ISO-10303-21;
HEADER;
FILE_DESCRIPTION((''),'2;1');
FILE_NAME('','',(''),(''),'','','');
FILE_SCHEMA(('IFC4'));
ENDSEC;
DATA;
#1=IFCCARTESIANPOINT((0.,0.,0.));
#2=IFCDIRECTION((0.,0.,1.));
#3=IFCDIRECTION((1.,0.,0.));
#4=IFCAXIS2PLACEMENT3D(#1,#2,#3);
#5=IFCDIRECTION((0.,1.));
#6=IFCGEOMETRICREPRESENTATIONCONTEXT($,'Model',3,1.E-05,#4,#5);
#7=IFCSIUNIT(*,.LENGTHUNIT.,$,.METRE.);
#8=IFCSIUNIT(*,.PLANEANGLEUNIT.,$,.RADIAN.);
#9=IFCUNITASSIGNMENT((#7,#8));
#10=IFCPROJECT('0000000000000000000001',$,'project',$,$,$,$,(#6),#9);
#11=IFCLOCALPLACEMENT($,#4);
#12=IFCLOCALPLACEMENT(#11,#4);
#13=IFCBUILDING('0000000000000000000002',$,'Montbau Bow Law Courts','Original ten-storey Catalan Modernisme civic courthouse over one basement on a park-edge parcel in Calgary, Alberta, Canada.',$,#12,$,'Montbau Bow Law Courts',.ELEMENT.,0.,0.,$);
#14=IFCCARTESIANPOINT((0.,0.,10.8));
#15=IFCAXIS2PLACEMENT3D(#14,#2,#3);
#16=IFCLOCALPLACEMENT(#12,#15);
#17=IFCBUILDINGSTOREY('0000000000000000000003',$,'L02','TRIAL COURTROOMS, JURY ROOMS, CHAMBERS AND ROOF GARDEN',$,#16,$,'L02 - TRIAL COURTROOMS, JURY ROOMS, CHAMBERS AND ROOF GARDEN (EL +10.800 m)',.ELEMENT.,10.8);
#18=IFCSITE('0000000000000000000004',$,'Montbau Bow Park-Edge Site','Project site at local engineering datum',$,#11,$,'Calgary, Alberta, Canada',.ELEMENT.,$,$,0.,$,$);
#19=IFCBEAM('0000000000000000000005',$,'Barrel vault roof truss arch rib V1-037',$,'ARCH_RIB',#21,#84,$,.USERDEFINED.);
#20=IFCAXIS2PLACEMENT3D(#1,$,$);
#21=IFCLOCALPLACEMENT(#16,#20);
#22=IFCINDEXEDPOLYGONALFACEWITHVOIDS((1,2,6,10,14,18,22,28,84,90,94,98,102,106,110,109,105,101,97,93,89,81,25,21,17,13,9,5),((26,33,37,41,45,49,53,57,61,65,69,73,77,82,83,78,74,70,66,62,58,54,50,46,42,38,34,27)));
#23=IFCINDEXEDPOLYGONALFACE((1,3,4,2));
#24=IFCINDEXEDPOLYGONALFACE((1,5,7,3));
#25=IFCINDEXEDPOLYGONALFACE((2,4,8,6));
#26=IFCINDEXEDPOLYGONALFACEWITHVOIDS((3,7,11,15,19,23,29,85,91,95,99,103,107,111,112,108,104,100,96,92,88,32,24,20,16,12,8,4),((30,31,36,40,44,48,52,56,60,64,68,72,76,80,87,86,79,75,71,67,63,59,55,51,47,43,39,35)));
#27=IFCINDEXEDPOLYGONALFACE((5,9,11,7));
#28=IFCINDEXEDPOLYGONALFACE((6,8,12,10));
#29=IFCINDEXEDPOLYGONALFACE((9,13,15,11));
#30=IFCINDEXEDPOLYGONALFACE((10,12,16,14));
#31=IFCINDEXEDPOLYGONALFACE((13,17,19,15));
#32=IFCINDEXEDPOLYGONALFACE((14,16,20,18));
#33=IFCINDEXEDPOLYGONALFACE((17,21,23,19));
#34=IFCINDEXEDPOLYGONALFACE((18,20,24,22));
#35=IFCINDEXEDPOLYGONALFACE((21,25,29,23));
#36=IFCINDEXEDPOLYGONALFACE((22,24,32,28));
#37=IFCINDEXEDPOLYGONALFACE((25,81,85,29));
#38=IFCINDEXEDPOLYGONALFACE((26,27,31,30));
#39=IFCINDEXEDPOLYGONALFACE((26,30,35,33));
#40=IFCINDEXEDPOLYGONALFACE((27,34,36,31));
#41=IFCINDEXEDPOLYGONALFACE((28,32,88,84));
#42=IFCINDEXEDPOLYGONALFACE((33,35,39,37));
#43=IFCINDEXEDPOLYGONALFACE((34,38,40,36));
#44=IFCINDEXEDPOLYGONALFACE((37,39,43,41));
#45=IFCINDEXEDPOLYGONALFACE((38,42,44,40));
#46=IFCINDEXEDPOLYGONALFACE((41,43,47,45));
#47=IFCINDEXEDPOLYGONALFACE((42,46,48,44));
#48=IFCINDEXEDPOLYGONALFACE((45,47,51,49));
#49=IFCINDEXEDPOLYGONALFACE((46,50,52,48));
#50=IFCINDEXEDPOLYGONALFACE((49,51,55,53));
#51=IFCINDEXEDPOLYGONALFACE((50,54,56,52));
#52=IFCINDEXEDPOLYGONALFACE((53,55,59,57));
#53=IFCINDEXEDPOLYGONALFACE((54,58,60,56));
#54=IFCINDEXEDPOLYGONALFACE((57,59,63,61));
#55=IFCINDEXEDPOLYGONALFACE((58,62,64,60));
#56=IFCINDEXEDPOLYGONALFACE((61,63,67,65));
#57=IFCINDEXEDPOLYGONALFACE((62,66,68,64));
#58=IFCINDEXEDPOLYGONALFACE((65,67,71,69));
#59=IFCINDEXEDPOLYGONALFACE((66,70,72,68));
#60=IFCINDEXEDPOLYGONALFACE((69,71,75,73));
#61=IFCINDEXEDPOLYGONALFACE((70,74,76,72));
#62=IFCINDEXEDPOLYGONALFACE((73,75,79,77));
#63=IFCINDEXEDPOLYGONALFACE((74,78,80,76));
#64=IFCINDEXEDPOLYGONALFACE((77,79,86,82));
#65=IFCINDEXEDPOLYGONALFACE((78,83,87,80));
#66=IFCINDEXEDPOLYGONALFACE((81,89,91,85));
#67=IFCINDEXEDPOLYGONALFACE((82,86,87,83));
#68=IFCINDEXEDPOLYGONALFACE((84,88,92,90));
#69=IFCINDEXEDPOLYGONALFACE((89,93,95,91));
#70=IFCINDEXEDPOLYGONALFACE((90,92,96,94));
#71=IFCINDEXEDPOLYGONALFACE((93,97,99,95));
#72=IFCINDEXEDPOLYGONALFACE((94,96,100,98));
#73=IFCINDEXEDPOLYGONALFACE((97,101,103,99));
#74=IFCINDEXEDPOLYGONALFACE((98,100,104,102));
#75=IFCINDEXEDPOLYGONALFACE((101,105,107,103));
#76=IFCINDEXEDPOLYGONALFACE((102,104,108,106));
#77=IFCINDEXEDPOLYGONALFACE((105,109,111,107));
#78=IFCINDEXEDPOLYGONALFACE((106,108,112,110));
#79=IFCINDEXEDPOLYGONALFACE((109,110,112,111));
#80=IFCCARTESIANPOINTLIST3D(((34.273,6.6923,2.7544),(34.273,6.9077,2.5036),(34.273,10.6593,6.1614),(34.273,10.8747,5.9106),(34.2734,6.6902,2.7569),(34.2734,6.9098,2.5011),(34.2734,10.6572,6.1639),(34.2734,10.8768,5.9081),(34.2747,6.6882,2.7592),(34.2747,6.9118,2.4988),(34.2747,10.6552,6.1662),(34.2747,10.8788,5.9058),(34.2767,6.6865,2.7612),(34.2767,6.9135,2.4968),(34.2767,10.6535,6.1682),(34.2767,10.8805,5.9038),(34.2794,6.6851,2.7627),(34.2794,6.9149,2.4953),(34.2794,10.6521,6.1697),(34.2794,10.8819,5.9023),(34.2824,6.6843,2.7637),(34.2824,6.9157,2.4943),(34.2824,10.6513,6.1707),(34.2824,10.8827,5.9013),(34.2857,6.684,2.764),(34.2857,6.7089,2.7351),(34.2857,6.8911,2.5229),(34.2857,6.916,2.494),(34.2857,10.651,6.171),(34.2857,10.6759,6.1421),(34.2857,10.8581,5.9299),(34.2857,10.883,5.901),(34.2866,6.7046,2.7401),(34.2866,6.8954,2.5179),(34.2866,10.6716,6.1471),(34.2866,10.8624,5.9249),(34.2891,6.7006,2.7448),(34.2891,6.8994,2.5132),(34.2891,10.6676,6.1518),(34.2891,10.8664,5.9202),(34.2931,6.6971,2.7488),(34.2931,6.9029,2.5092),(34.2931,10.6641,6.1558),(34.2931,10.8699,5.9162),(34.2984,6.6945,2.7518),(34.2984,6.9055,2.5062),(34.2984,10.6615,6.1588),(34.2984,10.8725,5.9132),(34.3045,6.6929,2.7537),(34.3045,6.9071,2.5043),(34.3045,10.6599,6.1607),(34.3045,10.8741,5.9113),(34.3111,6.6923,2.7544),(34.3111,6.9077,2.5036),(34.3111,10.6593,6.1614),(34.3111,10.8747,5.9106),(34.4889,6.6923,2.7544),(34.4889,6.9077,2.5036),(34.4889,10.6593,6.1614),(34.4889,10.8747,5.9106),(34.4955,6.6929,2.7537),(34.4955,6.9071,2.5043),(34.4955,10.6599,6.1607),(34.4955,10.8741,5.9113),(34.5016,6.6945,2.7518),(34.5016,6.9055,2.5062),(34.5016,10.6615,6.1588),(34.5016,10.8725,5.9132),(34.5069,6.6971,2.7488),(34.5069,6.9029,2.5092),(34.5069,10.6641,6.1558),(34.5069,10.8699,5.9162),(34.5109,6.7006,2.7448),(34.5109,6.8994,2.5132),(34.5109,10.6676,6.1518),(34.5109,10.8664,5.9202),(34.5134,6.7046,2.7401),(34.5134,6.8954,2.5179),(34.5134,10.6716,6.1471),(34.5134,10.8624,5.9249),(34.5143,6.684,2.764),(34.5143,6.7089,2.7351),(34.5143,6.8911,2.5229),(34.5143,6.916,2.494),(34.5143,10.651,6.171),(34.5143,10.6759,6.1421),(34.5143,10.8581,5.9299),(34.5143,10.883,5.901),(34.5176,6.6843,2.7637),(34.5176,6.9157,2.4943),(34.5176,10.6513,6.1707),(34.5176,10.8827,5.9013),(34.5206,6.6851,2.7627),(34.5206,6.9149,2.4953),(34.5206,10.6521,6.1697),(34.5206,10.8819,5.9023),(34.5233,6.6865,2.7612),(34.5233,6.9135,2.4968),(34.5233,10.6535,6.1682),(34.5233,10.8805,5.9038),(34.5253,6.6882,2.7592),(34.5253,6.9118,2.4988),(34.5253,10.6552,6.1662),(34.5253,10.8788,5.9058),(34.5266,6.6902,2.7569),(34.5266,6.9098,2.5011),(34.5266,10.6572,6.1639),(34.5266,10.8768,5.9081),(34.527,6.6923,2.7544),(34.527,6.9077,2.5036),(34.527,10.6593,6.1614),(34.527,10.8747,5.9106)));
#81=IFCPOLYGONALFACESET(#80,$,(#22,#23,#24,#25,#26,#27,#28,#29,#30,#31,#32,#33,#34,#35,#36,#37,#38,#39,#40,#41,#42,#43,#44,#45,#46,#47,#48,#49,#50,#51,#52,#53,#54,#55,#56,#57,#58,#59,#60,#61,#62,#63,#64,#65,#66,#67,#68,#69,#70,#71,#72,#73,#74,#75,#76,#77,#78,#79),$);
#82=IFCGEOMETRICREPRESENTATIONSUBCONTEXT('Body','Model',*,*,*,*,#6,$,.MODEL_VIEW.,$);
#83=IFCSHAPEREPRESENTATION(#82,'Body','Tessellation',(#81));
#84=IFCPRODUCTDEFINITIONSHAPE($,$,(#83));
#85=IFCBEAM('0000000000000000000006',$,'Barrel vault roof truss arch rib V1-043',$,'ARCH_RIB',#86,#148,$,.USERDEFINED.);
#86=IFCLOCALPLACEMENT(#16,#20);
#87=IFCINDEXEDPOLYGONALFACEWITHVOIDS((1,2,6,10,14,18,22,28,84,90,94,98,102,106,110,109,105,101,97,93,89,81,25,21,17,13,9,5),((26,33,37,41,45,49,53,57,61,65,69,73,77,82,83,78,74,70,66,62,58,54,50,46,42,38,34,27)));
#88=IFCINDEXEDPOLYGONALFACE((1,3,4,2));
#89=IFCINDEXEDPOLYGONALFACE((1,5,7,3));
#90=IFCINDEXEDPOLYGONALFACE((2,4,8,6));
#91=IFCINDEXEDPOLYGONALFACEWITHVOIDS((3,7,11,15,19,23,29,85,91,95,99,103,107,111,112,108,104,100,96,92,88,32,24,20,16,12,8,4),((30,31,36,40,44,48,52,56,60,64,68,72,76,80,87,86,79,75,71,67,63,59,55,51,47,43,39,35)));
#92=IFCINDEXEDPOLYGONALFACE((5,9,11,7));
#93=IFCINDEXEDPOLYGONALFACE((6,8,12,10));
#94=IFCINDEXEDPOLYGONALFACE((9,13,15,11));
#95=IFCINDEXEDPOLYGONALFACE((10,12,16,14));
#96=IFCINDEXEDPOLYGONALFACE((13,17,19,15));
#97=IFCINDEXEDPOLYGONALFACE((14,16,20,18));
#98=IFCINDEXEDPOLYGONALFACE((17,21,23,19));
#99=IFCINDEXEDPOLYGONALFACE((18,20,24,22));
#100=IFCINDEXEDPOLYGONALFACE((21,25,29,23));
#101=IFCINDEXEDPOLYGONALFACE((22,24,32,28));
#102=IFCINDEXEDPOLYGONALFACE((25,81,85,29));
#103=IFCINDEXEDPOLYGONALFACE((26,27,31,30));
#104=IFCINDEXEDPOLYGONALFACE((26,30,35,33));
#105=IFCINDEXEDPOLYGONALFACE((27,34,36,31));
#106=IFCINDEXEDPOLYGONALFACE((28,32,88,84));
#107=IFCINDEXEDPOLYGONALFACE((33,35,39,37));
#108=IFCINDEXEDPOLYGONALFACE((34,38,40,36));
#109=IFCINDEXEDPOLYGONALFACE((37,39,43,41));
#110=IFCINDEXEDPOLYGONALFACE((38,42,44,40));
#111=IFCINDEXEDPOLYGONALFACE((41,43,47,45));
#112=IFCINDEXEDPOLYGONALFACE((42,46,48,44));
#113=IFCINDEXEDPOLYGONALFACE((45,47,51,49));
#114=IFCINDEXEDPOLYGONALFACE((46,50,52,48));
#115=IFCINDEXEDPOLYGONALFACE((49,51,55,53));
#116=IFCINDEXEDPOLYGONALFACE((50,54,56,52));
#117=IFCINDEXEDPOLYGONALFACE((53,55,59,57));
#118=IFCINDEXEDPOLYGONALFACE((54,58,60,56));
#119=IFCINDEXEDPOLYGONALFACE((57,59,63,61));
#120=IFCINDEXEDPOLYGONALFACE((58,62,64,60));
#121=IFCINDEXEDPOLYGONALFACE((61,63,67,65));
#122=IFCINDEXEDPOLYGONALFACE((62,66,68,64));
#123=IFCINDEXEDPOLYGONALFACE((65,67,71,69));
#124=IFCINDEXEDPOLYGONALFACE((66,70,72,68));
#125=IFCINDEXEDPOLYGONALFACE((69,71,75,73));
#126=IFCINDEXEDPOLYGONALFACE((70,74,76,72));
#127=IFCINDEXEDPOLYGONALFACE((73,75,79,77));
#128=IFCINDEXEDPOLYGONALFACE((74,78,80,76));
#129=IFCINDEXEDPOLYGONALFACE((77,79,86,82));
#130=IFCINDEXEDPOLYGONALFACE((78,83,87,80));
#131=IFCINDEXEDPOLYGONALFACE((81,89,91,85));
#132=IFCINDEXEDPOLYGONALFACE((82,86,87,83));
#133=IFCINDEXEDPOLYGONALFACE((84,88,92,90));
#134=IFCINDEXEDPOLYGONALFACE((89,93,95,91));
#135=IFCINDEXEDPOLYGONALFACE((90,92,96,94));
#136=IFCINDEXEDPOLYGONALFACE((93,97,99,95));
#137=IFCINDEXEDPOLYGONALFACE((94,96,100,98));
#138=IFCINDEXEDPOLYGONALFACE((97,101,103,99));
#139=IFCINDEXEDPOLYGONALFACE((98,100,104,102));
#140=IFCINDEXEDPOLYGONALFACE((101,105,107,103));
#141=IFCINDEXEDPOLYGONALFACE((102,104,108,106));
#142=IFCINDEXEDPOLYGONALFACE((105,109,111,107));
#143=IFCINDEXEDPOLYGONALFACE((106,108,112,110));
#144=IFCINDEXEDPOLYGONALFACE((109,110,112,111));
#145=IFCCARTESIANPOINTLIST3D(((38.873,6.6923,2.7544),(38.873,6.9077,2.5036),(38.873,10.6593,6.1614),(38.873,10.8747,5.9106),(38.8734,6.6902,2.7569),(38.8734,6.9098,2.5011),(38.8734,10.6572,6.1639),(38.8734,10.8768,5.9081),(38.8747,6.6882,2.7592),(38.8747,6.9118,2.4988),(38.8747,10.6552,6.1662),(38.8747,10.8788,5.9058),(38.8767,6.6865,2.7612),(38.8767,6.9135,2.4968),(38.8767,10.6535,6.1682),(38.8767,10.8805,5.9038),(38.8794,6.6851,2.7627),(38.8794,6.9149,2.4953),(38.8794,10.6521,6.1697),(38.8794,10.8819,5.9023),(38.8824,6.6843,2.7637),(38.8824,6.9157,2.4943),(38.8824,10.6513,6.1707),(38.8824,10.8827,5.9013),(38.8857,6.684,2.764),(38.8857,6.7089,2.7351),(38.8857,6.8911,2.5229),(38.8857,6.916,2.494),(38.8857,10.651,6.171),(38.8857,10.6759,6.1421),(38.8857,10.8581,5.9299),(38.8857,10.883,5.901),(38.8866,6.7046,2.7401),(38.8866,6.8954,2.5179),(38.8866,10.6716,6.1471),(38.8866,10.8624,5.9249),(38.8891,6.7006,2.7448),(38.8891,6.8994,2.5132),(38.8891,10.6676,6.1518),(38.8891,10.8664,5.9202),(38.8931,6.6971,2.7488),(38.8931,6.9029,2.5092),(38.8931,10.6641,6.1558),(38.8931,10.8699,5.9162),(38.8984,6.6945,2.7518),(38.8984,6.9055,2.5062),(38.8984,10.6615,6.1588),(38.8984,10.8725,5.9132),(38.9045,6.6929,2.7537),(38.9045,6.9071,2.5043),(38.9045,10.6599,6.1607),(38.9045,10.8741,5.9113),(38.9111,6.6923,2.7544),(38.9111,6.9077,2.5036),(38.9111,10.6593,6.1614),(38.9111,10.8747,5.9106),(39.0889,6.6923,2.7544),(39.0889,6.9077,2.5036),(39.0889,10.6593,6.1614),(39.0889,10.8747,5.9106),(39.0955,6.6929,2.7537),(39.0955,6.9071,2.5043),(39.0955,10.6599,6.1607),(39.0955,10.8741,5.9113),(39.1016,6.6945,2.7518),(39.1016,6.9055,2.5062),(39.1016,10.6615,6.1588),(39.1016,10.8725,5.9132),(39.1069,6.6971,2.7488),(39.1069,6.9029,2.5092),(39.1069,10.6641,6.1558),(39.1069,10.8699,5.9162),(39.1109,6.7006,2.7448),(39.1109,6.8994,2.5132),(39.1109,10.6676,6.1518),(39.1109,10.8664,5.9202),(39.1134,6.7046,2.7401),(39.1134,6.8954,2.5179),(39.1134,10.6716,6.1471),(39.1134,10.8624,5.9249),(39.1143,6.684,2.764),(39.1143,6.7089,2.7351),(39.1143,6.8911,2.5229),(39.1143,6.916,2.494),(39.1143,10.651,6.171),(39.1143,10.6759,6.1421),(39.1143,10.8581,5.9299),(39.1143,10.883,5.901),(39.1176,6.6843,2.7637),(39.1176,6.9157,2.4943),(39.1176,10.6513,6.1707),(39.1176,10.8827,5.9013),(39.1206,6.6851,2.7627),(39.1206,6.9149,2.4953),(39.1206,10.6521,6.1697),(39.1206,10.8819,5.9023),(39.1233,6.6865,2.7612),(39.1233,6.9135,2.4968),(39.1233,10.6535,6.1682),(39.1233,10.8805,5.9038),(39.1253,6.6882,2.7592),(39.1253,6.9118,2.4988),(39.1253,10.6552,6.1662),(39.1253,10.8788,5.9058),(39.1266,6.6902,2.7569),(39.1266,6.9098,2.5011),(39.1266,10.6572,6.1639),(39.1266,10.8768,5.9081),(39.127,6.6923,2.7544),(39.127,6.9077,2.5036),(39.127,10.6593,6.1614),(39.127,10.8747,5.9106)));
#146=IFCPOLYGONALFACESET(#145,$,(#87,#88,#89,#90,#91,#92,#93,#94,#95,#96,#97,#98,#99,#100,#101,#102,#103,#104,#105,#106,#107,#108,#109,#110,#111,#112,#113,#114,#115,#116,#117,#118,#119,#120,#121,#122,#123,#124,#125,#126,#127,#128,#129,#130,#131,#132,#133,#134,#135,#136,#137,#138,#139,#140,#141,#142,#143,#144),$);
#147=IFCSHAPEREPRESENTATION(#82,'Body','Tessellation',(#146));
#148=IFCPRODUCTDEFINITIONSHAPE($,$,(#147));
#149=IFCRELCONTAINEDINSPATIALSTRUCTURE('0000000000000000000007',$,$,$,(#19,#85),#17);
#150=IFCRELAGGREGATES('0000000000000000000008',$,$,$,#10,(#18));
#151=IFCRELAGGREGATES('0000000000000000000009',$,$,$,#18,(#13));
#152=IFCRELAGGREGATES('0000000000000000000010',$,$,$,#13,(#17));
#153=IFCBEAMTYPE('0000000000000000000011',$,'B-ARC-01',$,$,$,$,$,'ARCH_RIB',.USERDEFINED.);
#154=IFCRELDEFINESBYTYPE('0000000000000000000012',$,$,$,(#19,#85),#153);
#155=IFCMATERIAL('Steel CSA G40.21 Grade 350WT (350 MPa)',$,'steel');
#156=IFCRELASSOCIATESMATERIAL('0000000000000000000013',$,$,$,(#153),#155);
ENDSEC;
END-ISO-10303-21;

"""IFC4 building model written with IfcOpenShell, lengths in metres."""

from ifc_helpers import new_model, si_unit, direction, frame, origin_with_axes, origin_2d_with_axis, place, context, subcontext, project, spatial, hollow_rectangle, extrude, material, material_profile, profile_set, type_object, element, save


model = new_model("IFC4")

# Units and contexts
model_context = context("Model", 3, precision=1e-05, world=origin_with_axes(), true_north=direction((0.0, 1.0)))
body_context = subcontext(model_context, "Body", "Model", "MODEL_VIEW")
ifc_project = project(units=[si_unit("LENGTHUNIT", "METRE"), si_unit("PLANEANGLEUNIT", "RADIAN")], contexts=[model_context])

# Site, building, storey
site_placement = place(None, origin_with_axes())
site = spatial("IfcSite", under=ifc_project, at=site_placement, Name="Montbau Bow Park-Edge Site", Description="Project site at local engineering datum", LongName="Calgary, Alberta, Canada", CompositionType="ELEMENT", RefElevation=0.0)
building_placement = place(site_placement, origin_with_axes())
building = spatial("IfcBuilding", under=site, at=building_placement, Name="Montbau Bow Law Courts", Description="Original ten-storey Catalan Modernisme civic courthouse over one basement on a park-edge parcel in Calgary, Alberta, Canada.", LongName="Montbau Bow Law Courts", CompositionType="ELEMENT", ElevationOfRefHeight=0.0, ElevationOfTerrain=0.0)
storey_placement = place(building_placement, frame((0.0, 0.0, 10.8), z_axis=(0.0, 0.0, 1.0), x_axis=(1.0, 0.0, 0.0)))
storey = spatial("IfcBuildingStorey", under=building, at=storey_placement, Name="L02", Description="TRIAL COURTROOMS, JURY ROOMS, CHAMBERS AND ROOF GARDEN", LongName="L02 - TRIAL COURTROOMS, JURY ROOMS, CHAMBERS AND ROOF GARDEN (EL +10.800 m)", CompositionType="ELEMENT", Elevation=10.8)

# Beams
ifc_material_1 = material(Name="Steel CSA G40.21 Grade 350WT (350 MPa)", Category="steel")
ifc_material_profile_1 = material_profile(ifc_material_1, hollow_rectangle(XDim=0.254, YDim=0.356, WallThickness=0.0127, InnerFilletRadius=0.0254, OuterFilletRadius=0.0127, at=origin_2d_with_axis()), Name="HSS356X254X13", Category="Main", Priority=0)
ifc_profile_set_1 = profile_set([ifc_material_profile_1], Name="Steel CSA G40.21 Grade 350WT (350 MPa)")
beam_type = type_object("IfcBeamType", Name="B-ARC-01", ElementType="ARCH_RIB", PredefinedType="USERDEFINED", material=ifc_profile_set_1)
for number, where, z_axis, x_axis, name in (
    (1, (34.4, 6.8, 13.429), (0.0, 0.758622, 0.651531), (-1.0, 0.0, 0.0), "Barrel vault roof truss arch rib V1-037"),
    (2, (39.0, 6.8, 13.429), (0.0, 0.758622, 0.651531), (-1.0, 0.0, 0.0), "Barrel vault roof truss arch rib V1-043"),
):
    element("IfcBeam", number, at=place(None, frame(where, z_axis=z_axis, x_axis=x_axis)), inside=storey, type_object=beam_type, Name=name, ObjectType="ARCH_RIB", PredefinedType="USERDEFINED", context=body_context, shape_type="SweptSolid", body=[
        extrude(hollow_rectangle(XDim=0.254, YDim=0.356, WallThickness=0.0127, InnerFilletRadius=0.0254, OuterFilletRadius=0.0127, at=origin_2d_with_axis()), origin_with_axes(), (0.0, 0.0, 1.0), 5.2292),
    ])

save(model, "model.ifc")
